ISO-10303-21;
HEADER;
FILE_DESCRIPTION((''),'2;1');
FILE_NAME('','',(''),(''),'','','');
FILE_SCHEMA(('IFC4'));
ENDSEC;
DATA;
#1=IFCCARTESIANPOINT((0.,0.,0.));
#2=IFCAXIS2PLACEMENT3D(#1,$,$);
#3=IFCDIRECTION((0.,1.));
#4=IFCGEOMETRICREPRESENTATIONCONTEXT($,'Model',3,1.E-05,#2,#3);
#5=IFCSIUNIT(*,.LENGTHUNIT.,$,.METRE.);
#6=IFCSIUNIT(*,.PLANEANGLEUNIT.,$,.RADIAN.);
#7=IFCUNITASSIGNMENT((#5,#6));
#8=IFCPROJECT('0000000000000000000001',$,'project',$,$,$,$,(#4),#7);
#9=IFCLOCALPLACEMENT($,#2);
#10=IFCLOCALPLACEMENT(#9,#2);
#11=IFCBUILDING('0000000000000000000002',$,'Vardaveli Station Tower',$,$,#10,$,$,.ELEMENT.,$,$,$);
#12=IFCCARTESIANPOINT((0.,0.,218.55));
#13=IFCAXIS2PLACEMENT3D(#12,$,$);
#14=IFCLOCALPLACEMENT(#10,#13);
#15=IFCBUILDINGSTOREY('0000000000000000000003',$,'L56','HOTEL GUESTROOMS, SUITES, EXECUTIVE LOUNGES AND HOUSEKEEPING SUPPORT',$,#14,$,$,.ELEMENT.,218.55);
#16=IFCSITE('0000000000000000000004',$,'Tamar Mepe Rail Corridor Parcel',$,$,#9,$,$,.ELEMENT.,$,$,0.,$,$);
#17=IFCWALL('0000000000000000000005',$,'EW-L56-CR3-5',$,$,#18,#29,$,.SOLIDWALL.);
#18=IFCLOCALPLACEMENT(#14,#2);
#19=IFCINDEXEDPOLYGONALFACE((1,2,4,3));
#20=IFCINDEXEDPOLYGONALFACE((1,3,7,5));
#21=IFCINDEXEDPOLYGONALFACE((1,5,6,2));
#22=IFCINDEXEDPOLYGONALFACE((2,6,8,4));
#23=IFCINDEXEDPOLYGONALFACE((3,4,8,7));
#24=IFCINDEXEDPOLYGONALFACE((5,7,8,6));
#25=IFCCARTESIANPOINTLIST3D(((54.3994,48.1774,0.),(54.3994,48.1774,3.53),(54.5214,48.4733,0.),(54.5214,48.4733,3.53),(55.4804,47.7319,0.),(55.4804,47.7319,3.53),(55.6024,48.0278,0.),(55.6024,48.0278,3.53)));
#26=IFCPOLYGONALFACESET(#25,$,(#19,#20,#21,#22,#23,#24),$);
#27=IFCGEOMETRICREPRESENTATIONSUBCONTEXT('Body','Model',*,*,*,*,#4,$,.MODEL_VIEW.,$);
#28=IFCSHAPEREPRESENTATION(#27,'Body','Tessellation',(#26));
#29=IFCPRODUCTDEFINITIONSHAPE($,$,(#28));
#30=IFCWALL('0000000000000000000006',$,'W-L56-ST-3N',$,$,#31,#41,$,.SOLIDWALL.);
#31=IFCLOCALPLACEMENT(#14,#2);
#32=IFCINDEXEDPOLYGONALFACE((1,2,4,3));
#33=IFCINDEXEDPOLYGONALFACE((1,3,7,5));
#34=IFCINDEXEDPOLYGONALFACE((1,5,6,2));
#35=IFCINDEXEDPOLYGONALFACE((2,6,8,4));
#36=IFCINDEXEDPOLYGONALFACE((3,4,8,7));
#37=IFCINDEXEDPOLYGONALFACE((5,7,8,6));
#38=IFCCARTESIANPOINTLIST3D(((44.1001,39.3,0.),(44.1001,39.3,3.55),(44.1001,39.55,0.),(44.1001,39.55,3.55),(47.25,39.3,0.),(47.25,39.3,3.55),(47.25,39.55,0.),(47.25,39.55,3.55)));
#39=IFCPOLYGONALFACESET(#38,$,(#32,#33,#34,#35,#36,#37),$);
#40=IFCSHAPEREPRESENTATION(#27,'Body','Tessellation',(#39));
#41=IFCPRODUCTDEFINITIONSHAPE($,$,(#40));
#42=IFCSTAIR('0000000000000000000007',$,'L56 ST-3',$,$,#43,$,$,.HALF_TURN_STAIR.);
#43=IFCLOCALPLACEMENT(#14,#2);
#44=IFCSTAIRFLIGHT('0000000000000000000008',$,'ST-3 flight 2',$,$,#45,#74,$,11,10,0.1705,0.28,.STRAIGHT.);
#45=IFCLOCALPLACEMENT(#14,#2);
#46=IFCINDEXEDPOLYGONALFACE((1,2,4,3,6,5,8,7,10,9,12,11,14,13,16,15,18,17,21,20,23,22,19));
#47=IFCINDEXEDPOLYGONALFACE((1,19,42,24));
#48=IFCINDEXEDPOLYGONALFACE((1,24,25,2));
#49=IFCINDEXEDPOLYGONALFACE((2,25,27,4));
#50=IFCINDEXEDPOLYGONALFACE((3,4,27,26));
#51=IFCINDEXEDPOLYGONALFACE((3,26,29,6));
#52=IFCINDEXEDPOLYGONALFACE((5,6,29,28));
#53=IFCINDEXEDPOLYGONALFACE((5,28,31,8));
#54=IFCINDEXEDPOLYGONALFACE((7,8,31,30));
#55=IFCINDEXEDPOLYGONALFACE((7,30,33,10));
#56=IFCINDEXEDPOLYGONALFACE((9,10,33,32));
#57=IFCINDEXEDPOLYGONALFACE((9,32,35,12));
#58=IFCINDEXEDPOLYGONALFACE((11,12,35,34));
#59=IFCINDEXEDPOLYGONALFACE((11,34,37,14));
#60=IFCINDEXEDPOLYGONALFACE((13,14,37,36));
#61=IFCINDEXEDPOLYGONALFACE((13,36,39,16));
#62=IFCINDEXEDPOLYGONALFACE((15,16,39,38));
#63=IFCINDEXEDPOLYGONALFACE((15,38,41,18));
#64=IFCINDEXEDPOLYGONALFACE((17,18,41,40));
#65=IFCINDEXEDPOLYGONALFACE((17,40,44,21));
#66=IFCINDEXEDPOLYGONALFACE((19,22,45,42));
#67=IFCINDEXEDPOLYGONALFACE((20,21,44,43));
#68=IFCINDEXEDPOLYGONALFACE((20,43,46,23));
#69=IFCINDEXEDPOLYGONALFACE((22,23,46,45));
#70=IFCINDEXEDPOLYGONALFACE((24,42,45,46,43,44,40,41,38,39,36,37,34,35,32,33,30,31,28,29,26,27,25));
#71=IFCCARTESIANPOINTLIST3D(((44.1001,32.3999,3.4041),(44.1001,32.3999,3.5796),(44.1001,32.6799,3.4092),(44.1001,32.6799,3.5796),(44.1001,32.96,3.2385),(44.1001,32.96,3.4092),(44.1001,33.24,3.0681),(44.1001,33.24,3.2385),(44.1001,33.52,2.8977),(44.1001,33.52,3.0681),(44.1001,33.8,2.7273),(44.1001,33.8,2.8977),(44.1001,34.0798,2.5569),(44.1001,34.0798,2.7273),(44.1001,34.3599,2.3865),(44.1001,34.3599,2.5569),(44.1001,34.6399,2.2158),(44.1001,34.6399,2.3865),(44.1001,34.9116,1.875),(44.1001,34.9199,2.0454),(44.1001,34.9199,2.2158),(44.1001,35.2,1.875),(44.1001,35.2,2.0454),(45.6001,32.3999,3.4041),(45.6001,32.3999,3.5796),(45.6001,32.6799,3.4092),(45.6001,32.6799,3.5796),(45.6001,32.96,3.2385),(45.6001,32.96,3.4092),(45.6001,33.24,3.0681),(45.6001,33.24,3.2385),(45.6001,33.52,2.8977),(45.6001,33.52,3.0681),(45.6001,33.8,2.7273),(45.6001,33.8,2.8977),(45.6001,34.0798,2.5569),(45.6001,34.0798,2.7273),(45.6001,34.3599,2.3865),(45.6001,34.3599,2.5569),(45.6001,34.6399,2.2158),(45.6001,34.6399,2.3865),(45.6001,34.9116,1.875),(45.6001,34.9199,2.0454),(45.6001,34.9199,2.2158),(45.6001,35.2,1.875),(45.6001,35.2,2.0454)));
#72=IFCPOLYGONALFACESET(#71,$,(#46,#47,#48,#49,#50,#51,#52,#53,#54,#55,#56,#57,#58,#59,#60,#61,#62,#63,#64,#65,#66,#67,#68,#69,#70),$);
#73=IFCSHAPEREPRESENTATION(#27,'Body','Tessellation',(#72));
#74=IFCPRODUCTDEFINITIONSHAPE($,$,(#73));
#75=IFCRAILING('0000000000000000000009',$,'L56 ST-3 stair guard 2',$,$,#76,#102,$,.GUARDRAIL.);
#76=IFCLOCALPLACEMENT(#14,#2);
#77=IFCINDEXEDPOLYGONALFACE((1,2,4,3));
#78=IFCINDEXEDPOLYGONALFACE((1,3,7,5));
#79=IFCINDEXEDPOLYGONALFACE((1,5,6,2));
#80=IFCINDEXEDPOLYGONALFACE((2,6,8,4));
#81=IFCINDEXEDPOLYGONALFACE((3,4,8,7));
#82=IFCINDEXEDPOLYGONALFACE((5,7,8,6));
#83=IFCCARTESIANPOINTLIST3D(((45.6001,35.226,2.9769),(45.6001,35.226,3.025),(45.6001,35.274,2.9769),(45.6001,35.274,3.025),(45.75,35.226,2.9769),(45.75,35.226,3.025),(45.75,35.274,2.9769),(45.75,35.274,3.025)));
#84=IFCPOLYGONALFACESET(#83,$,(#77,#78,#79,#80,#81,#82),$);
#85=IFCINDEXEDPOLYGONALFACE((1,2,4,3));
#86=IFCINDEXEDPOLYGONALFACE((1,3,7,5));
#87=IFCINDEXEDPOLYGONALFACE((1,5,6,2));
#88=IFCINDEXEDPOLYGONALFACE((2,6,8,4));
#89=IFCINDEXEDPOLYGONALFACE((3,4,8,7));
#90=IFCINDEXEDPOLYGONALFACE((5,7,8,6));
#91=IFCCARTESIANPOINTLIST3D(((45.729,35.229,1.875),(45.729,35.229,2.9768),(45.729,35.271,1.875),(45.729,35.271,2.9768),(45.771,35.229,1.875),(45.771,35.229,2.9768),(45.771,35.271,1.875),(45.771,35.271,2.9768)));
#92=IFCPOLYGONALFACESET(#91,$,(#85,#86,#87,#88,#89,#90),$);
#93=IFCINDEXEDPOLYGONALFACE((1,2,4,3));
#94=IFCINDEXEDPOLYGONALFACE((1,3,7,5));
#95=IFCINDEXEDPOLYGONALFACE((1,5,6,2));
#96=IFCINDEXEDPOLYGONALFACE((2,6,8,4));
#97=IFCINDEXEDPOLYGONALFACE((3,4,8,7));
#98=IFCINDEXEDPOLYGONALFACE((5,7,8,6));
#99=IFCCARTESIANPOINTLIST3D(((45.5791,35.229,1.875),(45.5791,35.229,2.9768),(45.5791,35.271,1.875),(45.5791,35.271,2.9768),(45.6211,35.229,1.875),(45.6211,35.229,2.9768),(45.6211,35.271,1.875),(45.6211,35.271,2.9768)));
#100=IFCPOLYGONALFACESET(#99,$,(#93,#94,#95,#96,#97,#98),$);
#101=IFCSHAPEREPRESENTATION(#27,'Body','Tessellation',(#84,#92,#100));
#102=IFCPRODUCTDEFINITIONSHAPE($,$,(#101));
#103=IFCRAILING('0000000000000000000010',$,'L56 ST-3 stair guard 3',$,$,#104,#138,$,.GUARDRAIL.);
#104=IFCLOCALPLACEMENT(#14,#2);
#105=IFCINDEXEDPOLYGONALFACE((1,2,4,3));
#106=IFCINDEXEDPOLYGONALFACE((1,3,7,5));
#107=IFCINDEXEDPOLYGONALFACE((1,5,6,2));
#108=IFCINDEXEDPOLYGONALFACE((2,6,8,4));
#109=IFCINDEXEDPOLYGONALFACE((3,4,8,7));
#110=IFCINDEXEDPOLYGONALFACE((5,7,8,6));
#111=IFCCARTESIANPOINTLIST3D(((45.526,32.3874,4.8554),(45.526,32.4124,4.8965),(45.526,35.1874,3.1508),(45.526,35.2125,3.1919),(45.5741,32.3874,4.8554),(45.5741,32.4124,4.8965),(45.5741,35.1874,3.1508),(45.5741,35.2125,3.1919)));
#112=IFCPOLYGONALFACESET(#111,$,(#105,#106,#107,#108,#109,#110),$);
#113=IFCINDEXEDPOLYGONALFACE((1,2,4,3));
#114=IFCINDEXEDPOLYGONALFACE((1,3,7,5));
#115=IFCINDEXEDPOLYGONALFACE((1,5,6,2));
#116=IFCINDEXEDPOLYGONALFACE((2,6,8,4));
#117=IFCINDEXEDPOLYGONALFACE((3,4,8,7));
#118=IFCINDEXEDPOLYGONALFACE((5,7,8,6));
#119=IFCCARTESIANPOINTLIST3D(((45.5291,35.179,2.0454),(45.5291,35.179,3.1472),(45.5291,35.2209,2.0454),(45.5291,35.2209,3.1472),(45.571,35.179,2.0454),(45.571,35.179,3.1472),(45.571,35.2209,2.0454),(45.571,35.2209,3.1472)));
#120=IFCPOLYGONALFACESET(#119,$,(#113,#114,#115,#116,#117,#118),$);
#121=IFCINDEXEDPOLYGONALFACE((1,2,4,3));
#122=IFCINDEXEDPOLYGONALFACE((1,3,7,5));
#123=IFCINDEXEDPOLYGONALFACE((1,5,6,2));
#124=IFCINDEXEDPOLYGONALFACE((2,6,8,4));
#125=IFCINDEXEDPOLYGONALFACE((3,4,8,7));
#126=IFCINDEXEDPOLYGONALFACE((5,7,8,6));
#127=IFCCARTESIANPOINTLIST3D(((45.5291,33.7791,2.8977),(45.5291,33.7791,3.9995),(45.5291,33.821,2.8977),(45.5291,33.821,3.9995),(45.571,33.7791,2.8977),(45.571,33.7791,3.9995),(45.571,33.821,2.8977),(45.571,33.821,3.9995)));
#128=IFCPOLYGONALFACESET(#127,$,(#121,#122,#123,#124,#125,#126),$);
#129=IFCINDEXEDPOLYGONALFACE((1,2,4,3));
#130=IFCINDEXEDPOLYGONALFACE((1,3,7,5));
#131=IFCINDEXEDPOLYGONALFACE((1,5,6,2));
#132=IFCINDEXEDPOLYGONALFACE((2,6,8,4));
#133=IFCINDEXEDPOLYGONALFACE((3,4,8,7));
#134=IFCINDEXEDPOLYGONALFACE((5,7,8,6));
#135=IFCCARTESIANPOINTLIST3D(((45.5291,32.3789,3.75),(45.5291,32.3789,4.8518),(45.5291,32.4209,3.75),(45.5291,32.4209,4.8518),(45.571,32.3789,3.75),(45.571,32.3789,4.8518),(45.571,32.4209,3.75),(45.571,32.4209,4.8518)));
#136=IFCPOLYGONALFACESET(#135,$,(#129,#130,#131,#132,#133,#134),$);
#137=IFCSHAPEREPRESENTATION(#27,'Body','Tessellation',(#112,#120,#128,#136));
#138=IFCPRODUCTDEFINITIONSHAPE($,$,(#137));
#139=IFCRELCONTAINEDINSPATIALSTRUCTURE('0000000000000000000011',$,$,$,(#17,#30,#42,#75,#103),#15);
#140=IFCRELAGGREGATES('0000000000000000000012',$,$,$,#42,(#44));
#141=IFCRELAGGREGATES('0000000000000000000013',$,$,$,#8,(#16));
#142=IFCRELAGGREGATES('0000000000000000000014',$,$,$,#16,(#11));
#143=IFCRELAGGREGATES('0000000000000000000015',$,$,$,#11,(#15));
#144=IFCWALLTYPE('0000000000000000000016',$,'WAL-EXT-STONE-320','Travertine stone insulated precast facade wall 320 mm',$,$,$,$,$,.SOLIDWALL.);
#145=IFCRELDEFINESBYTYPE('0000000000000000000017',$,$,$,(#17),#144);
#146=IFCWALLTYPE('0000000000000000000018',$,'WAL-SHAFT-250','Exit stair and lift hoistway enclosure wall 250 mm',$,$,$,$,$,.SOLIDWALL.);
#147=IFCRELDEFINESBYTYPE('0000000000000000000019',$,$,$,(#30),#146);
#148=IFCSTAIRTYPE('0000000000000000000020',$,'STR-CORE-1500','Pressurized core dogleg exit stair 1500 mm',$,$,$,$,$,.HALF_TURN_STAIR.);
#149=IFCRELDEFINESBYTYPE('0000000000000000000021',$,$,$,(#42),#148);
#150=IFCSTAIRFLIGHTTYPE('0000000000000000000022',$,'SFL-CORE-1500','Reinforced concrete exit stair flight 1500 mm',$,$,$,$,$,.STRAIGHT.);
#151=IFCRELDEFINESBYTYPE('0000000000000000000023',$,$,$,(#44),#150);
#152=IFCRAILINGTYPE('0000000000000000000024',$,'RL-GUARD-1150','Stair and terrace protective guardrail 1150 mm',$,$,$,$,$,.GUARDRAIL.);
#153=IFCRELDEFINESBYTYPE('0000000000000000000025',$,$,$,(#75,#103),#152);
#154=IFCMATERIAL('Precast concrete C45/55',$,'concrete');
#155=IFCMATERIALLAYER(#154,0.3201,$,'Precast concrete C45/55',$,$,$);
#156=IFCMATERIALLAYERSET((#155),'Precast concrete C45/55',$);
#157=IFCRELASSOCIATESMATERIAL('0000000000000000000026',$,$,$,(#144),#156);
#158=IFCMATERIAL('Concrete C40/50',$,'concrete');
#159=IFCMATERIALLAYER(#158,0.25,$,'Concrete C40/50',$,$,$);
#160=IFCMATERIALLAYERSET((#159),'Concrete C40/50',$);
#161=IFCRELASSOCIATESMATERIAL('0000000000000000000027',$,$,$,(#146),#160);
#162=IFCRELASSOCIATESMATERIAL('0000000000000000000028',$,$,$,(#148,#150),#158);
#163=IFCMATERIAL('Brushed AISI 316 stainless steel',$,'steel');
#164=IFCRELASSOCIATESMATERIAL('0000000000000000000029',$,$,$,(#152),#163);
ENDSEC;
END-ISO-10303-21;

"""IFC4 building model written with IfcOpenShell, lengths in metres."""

from ifc_helpers import new_model, si_unit, direction, frame, frame_2d, origin, origin_2d, place, context, subcontext, project, spatial, polyline, rectangle, outline, extrude, source, transform, mapped, material, layer, layer_set, type_object, element, aggregate, save


model = new_model("IFC4")

# Units and contexts
model_context = context("Model", 3, precision=1e-05, world=origin(), true_north=direction((0.0, 1.0)))
body_context = subcontext(model_context, "Body", "Model", "MODEL_VIEW")
ifc_project = project(units=[si_unit("LENGTHUNIT", "METRE"), si_unit("PLANEANGLEUNIT", "RADIAN")], contexts=[model_context])

# Site, building, storey
site_placement = place(None, origin())
site = spatial("IfcSite", under=ifc_project, at=site_placement, Name="Tamar Mepe Rail Corridor Parcel", CompositionType="ELEMENT", RefElevation=0.0)
building_placement = place(site_placement, origin())
building = spatial("IfcBuilding", under=site, at=building_placement, Name="Vardaveli Station Tower", CompositionType="ELEMENT")
storey_placement = place(building_placement, frame((0.0, 0.0, 218.55)))
storey = spatial("IfcBuildingStorey", under=building, at=storey_placement, Name="L56", Description="HOTEL GUESTROOMS, SUITES, EXECUTIVE LOUNGES AND HOUSEKEEPING SUPPORT", CompositionType="ELEMENT", Elevation=218.55)

# Shared definitions
ifc_material_1 = material(Name="Precast concrete C45/55", Category="concrete")

# Shared definitions
ifc_layer_1 = layer(ifc_material_1, 0.3201, Name="Precast concrete C45/55")
ifc_layer_set_1 = layer_set([ifc_layer_1], Name="Precast concrete C45/55")
wall_type_1 = type_object("IfcWallType", Name="WAL-EXT-STONE-320", Description="Travertine stone insulated precast facade wall 320 mm", PredefinedType="SOLIDWALL", material=ifc_layer_set_1)

# Walls
shared_shape_1 = source(origin(), body_context, "Body", "SweptSolid", [
    extrude(rectangle(XDim=1.1692, YDim=0.3201, at=frame_2d((0.5845, 0.0))), origin(), (0.0, 0.0, 1.0), 3.53),
])
for number, where, z_axis, x_axis, name in (
    (1, (55.5413, 47.8799, 0.0), (0.0, 0.0, 1.0), (-0.924553, 0.381054, 0.0), "EW-L56-CR3-5"),
):
    element("IfcWall", number, at=place(storey_placement, frame(where, z_axis=z_axis, x_axis=x_axis)), inside=storey, type_object=wall_type_1, Name=name, PredefinedType="SOLIDWALL", context=body_context, shape_type="MappedRepresentation", body=[
        mapped(shared_shape_1, transform((0.0, 0.0, 0.0), scale=1.0)),
    ])
ifc_material_2 = material(Name="Concrete C40/50", Category="concrete")
ifc_layer_2 = layer(ifc_material_2, 0.25, Name="Concrete C40/50")
ifc_layer_set_2 = layer_set([ifc_layer_2], Name="Concrete C40/50")
wall_type_2 = type_object("IfcWallType", Name="WAL-SHAFT-250", Description="Exit stair and lift hoistway enclosure wall 250 mm", PredefinedType="SOLIDWALL", material=ifc_layer_set_2)
shared_shape_2 = source(origin(), body_context, "Body", "SweptSolid", [
    extrude(rectangle(XDim=3.1499, YDim=0.25, at=frame_2d((1.575, 0.0))), origin(), (0.0, 0.0, 1.0), 3.55),
])
wall_1_placement = place(storey_placement, frame((44.1001, 39.425, 0.0), z_axis=(0.0, 0.0, 1.0), x_axis=(1.0, 0.0, 0.0)))
element("IfcWall", 2, at=wall_1_placement, inside=storey, type_object=wall_type_2, Name="W-L56-ST-3N", PredefinedType="SOLIDWALL", context=body_context, shape_type="MappedRepresentation", body=[
    mapped(shared_shape_2, transform((0.0, 0.0, 0.0), scale=1.0)),
])

# Stair, stair flight
stair_type = type_object("IfcStairType", Name="STR-CORE-1500", Description="Pressurized core dogleg exit stair 1500 mm", PredefinedType="HALF_TURN_STAIR", material=ifc_material_2)
stair_placement = place(storey_placement, origin())
stair = element("IfcStair", 3, at=stair_placement, inside=storey, type_object=stair_type, Name="L56 ST-3", PredefinedType="HALF_TURN_STAIR")
stair_flight_type = type_object("IfcStairFlightType", Name="SFL-CORE-1500", Description="Reinforced concrete exit stair flight 1500 mm", PredefinedType="STRAIGHT", material=ifc_material_2)
shared_shape_3 = source(origin(), body_context, "Body", "SweptSolid", [
    extrude(outline(polyline([(0.0, 0.0), (0.0, 0.1704), (0.28, 0.1704), (0.28, 0.3408), (0.5601, 0.3408), (0.5601, 0.5115), (0.8401, 0.5115), (0.8401, 0.6819), (1.1201, 0.6819), (1.1201, 0.8523), (1.3999, 0.8523), (1.3999, 1.0227), (1.6799, 1.0227), (1.6799, 1.1931), (1.96, 1.1931), (1.96, 1.3635), (2.24, 1.3635), (2.24, 1.5342), (2.52, 1.5342), (2.52, 1.7046), (2.8, 1.7046), (2.8, 1.875), (2.8, 1.5291), (0.2883, 0.0), (0.0, 0.0)])), frame((0.0, 0.75, 0.0), z_axis=(0.0, -1.0, 0.0), x_axis=(1.0, 0.0, 0.0)), (0.0, 0.0, 1.0), 1.5),
])
stair_flight_placement = place(storey_placement, frame((44.8501, 35.2, 1.875), z_axis=(0.0, 0.0, 1.0), x_axis=(0.0, -1.0, 0.0)))
stair_flight = element("IfcStairFlight", 4, at=stair_flight_placement, type_object=stair_flight_type, Name="ST-3 flight 2", NumberOfRisers=11, NumberOfTreads=10, PredefinedType="STRAIGHT", RiserHeight=0.1705, TreadLength=0.28, context=body_context, shape_type="MappedRepresentation", body=[
    mapped(shared_shape_3, transform((0.0, 0.0, 0.0), scale=1.0)),
])
aggregate(stair, [stair_flight])

# Railings
ifc_material_3 = material(Name="Brushed AISI 316 stainless steel", Category="steel")
railing_type = type_object("IfcRailingType", Name="RL-GUARD-1150", Description="Stair and terrace protective guardrail 1150 mm", PredefinedType="GUARDRAIL", material=ifc_material_3)
shared_shape_4 = source(origin(), body_context, "Body", "SweptSolid", [
    extrude(rectangle(XDim=0.0481, YDim=0.0481, at=origin_2d()), frame((0.0, 0.0, 1.126), z_axis=(-1.0, 0.0, 0.0), x_axis=(0.0, -1.0, 0.0)), (0.0, 0.0, 1.0), 0.1499),
    extrude(rectangle(XDim=0.042, YDim=0.042, at=origin_2d()), origin(), (0.0, 0.0, 1.0), 1.1018),
    extrude(rectangle(XDim=0.042, YDim=0.042, at=origin_2d()), frame((-0.1499, 0.0, 0.0)), (0.0, 0.0, 1.0), 1.1018),
])
railing_1_placement = place(storey_placement, frame((45.75, 35.25, 1.875)))
element("IfcRailing", 5, at=railing_1_placement, inside=storey, type_object=railing_type, Name="L56 ST-3 stair guard 2", PredefinedType="GUARDRAIL", context=body_context, shape_type="MappedRepresentation", body=[
    mapped(shared_shape_4, transform((0.0, 0.0, 0.0), scale=1.0)),
])
shared_shape_5 = source(origin(), body_context, "Body", "SweptSolid", [
    extrude(rectangle(XDim=0.0481, YDim=0.0481, at=origin_2d()), frame((0.0, 0.0, 1.126), z_axis=(0.0, -0.85417, 0.519994), x_axis=(1.0, 0.0, 0.0)), (0.0, 0.0, 1.0), 3.2781),
    extrude(rectangle(XDim=0.042, YDim=0.042, at=origin_2d()), origin(), (0.0, 0.0, 1.0), 1.1018),
    extrude(rectangle(XDim=0.042, YDim=0.042, at=origin_2d()), frame((0.0, -1.3999, 0.8523)), (0.0, 0.0, 1.0), 1.1018),
    extrude(rectangle(XDim=0.042, YDim=0.042, at=origin_2d()), frame((0.0, -2.8, 1.7046)), (0.0, 0.0, 1.0), 1.1018),
])
railing_2_placement = place(storey_placement, frame((45.55, 35.2, 2.0454)))
element("IfcRailing", 6, at=railing_2_placement, inside=storey, type_object=railing_type, Name="L56 ST-3 stair guard 3", PredefinedType="GUARDRAIL", context=body_context, shape_type="MappedRepresentation", body=[
    mapped(shared_shape_5, transform((0.0, 0.0, 0.0), scale=1.0)),
])

save(model, "model.ifc")
